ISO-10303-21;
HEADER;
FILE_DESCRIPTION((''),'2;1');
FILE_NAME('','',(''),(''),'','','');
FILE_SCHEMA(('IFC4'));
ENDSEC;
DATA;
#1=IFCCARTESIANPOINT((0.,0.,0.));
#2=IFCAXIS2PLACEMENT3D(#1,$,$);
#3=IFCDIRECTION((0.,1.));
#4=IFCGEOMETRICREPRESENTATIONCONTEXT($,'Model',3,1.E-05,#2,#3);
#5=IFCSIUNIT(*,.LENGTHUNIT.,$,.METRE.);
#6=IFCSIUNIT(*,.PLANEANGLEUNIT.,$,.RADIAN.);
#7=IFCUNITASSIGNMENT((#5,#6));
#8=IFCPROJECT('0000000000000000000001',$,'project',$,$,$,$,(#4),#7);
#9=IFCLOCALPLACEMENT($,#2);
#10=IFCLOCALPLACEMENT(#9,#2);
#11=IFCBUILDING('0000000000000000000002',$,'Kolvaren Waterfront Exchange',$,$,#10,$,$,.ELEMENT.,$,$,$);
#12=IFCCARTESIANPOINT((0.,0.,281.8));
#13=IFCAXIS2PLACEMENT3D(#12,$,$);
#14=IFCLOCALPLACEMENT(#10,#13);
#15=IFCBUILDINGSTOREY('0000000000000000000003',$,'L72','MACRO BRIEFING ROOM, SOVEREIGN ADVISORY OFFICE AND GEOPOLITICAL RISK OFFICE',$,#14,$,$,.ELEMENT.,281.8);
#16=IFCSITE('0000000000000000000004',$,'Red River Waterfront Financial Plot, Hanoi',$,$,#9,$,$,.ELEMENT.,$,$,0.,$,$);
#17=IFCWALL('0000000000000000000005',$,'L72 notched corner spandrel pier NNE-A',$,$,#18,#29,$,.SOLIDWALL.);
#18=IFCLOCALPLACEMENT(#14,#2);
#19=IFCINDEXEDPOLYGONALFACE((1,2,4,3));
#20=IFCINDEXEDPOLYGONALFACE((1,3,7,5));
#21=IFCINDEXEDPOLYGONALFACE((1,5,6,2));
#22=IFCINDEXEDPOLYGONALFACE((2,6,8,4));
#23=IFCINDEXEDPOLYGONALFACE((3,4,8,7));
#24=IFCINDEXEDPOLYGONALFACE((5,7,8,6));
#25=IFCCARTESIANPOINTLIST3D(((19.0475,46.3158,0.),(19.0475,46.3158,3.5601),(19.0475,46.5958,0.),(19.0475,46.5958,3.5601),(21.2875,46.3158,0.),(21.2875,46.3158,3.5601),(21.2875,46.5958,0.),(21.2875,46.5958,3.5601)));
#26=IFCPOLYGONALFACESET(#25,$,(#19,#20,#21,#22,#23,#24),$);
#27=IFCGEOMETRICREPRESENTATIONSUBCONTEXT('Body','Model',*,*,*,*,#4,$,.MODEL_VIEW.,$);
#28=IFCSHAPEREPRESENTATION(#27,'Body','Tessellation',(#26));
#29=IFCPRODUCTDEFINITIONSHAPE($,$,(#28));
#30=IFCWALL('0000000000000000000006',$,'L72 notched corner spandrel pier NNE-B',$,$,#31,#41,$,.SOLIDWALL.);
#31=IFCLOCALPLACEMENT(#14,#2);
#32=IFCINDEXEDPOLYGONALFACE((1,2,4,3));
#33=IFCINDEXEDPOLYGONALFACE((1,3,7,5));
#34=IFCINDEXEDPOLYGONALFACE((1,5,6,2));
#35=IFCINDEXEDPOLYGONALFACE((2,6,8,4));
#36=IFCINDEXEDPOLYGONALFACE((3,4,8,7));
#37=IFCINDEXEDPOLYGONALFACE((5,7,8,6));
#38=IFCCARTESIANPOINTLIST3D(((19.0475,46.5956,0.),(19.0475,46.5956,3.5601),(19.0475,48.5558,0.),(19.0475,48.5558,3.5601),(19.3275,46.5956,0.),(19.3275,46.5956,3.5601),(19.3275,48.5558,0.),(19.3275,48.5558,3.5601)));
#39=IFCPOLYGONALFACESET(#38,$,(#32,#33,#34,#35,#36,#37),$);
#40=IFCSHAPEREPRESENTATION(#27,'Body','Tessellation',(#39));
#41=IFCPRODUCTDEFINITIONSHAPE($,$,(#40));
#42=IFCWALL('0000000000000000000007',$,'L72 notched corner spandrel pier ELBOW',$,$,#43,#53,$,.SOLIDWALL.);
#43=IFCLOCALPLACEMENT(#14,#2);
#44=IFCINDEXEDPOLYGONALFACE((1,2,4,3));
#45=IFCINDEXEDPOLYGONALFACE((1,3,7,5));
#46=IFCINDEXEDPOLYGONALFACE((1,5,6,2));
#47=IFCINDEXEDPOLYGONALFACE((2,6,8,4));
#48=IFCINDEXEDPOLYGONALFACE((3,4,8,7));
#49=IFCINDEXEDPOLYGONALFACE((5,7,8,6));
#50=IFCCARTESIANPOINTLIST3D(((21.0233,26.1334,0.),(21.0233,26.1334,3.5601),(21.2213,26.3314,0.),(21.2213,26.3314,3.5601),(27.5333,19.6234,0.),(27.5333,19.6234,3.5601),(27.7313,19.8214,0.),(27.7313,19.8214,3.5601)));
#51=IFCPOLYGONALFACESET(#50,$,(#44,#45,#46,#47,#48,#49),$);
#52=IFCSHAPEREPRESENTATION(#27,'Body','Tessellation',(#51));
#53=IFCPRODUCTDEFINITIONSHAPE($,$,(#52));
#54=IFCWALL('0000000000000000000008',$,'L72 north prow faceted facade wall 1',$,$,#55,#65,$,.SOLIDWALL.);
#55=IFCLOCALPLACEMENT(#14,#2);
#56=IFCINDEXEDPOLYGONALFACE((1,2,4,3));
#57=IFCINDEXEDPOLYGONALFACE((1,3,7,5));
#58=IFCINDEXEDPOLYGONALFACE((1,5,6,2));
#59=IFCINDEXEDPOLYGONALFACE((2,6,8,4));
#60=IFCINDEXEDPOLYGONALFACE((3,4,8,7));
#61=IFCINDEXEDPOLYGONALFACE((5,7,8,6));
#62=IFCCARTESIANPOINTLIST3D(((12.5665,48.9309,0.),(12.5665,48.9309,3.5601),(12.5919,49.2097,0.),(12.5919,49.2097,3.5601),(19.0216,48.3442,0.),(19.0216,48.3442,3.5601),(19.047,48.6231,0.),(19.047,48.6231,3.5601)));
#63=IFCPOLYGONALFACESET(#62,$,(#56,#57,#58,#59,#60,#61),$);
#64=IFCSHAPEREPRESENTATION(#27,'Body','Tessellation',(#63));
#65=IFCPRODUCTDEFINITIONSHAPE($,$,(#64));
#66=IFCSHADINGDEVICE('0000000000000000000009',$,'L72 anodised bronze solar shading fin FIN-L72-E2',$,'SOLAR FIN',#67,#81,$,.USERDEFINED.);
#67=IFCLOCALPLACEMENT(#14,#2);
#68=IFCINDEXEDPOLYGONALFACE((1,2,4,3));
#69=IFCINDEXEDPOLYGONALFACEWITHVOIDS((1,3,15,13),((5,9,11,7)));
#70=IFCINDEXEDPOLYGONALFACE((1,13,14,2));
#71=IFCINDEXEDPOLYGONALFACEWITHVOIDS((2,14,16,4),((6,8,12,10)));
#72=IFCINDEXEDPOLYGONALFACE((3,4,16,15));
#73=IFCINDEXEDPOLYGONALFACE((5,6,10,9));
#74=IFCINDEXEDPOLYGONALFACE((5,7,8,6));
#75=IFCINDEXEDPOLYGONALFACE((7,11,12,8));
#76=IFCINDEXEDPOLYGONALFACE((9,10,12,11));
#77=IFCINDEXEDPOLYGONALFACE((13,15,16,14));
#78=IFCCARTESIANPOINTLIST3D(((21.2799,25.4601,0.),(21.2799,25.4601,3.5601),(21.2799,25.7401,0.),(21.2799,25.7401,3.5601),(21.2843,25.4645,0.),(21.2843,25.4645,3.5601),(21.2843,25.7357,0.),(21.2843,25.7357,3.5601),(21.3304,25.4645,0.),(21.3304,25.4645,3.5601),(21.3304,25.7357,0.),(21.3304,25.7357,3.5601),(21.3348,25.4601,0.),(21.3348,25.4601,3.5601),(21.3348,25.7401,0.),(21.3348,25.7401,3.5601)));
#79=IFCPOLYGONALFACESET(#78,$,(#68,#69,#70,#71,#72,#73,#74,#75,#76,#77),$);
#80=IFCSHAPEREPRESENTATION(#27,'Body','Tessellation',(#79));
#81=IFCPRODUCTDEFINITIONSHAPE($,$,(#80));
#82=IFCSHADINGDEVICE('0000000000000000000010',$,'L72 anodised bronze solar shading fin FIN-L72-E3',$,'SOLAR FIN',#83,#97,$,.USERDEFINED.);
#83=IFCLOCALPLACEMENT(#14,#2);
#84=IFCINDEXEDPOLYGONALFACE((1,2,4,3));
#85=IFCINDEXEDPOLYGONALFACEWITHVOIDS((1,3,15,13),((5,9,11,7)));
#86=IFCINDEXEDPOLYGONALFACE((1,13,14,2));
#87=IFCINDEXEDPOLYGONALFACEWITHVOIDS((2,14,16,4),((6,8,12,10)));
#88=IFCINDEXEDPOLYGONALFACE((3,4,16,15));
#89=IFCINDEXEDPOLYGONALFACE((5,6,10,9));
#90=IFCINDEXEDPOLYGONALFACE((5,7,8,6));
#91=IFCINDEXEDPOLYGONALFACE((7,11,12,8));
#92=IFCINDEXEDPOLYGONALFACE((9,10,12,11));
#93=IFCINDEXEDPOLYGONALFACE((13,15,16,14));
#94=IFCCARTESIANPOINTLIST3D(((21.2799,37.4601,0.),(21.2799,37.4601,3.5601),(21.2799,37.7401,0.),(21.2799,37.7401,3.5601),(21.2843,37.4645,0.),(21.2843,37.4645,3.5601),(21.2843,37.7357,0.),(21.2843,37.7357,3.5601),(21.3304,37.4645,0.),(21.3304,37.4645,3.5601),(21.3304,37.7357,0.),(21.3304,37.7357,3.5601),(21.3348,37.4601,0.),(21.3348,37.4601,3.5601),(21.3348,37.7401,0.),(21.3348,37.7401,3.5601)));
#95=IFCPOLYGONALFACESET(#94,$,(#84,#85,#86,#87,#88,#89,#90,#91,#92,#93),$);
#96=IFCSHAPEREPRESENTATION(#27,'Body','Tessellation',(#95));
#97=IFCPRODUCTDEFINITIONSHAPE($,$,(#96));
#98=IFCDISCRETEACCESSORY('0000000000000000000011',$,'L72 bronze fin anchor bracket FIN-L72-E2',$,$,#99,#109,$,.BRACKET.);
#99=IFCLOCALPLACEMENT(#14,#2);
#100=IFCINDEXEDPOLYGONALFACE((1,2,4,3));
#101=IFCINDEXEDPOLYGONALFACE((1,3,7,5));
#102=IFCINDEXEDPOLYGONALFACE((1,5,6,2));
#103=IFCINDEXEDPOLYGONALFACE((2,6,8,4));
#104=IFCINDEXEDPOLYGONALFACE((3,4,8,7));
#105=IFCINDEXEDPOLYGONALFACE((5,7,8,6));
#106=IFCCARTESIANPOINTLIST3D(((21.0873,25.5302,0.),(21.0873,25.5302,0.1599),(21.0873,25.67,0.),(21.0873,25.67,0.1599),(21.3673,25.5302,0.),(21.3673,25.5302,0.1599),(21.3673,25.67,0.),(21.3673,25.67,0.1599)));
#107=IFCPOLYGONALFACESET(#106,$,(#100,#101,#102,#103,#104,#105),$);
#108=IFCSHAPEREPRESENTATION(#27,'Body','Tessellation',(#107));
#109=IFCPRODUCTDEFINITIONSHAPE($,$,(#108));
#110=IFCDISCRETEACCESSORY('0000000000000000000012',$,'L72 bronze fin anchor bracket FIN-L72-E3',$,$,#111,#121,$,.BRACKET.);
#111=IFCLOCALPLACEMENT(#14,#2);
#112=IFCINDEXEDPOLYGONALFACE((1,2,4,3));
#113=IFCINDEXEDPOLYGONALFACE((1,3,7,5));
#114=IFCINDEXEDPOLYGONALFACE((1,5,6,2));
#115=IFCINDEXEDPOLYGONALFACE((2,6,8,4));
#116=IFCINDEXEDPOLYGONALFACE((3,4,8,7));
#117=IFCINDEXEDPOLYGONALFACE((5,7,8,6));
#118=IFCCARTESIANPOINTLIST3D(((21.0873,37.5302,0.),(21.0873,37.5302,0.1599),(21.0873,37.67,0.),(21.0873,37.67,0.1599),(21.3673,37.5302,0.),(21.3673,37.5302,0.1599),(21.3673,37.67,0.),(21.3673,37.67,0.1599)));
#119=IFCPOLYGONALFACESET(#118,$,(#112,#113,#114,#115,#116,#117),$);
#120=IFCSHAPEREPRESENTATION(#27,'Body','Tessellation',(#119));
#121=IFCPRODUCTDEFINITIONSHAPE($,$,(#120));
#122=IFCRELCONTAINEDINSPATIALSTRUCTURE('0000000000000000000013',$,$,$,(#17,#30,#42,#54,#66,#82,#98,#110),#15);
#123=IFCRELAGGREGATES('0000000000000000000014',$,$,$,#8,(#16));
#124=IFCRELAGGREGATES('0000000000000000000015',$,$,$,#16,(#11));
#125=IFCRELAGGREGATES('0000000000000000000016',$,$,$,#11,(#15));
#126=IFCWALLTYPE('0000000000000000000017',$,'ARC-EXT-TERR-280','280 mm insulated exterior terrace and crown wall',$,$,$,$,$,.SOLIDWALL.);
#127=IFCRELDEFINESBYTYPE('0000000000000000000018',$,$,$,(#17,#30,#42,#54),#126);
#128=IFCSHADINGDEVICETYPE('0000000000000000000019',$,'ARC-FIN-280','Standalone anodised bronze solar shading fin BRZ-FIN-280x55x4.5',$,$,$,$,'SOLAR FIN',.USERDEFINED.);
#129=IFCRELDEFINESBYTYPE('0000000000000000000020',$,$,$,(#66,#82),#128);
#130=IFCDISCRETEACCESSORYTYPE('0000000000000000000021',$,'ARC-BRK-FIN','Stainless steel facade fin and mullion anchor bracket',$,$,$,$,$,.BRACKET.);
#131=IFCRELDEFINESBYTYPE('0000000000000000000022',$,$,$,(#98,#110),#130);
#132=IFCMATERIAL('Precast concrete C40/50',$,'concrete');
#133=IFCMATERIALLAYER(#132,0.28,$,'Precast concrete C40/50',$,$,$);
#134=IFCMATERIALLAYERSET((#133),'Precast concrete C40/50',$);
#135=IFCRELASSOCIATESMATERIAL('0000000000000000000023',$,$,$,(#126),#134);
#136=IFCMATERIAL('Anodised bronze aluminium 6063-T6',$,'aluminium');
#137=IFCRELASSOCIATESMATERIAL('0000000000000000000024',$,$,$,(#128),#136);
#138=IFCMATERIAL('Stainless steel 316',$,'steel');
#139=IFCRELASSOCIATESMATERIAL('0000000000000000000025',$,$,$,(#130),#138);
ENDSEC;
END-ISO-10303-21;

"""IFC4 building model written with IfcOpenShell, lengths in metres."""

from ifc_helpers import new_model, si_unit, direction, frame, frame_2d, origin, origin_with_axes, origin_2d, place, context, subcontext, project, spatial, rectangle, hollow_rectangle, extrude, source, transform, mapped, material, layer, layer_set, material_profile, profile_set, type_object, element, save


model = new_model("IFC4")

# Units and contexts
model_context = context("Model", 3, precision=1e-05, world=origin(), true_north=direction((0.0, 1.0)))
body_context = subcontext(model_context, "Body", "Model", "MODEL_VIEW")
ifc_project = project(units=[si_unit("LENGTHUNIT", "METRE"), si_unit("PLANEANGLEUNIT", "RADIAN")], contexts=[model_context])

# Site, building, storey
site_placement = place(None, origin())
site = spatial("IfcSite", under=ifc_project, at=site_placement, Name="Red River Waterfront Financial Plot, Hanoi", CompositionType="ELEMENT", RefElevation=0.0)
building_placement = place(site_placement, origin())
building = spatial("IfcBuilding", under=site, at=building_placement, Name="Kolvaren Waterfront Exchange", CompositionType="ELEMENT")
storey_placement = place(building_placement, frame((0.0, 0.0, 281.8)))
storey = spatial("IfcBuildingStorey", under=building, at=storey_placement, Name="L72", Description="MACRO BRIEFING ROOM, SOVEREIGN ADVISORY OFFICE AND GEOPOLITICAL RISK OFFICE", CompositionType="ELEMENT", Elevation=281.8)

# Shared definitions
ifc_material_1 = material(Name="Anodised bronze aluminium 6063-T6", Category="aluminium")

# Walls
ifc_material_2 = material(Name="Precast concrete C40/50", Category="concrete")
ifc_layer_1 = layer(ifc_material_2, 0.28, Name="Precast concrete C40/50")
ifc_layer_set_1 = layer_set([ifc_layer_1], Name="Precast concrete C40/50")
wall_type = type_object("IfcWallType", Name="ARC-EXT-TERR-280", Description="280 mm insulated exterior terrace and crown wall", PredefinedType="SOLIDWALL", material=ifc_layer_set_1)
wall_1_placement = place(storey_placement, frame((19.0474, 46.4558, 0.0), z_axis=(0.0, 0.0, 1.0), x_axis=(1.0, 0.0, 0.0)))
element("IfcWall", 1, at=wall_1_placement, inside=storey, type_object=wall_type, Name="L72 notched corner spandrel pier NNE-A", PredefinedType="SOLIDWALL", context=body_context, shape_type="SweptSolid", body=[
    extrude(rectangle(XDim=2.24, YDim=0.28, at=frame_2d((1.1201, 0.0))), origin(), (0.0, 0.0, 1.0), 3.5601),
])
wall_2_placement = place(storey_placement, frame((19.1875, 46.5957, 0.0), z_axis=(0.0, 0.0, 1.0), x_axis=(0.0, 1.0, 0.0)))
element("IfcWall", 2, at=wall_2_placement, inside=storey, type_object=wall_type, Name="L72 notched corner spandrel pier NNE-B", PredefinedType="SOLIDWALL", context=body_context, shape_type="SweptSolid", body=[
    extrude(rectangle(XDim=1.9602, YDim=0.28, at=frame_2d((0.98, 0.0))), origin(), (0.0, 0.0, 1.0), 3.5601),
])
wall_3_placement = place(storey_placement, frame((27.6323, 19.7224, 0.0), z_axis=(0.0, 0.0, 1.0), x_axis=(-0.707107, 0.707107, 0.0)))
element("IfcWall", 3, at=wall_3_placement, inside=storey, type_object=wall_type, Name="L72 notched corner spandrel pier ELBOW", PredefinedType="SOLIDWALL", context=body_context, shape_type="SweptSolid", body=[
    extrude(rectangle(XDim=9.2065, YDim=0.28, at=frame_2d((4.6033, 0.0))), origin(), (0.0, 0.0, 1.0), 3.5601),
])
wall_4_placement = place(storey_placement, frame((19.0342, 48.4836, 0.0), z_axis=(0.0, 0.0, 1.0), x_axis=(-0.995895, 0.090512, 0.0)))
element("IfcWall", 4, at=wall_4_placement, inside=storey, type_object=wall_type, Name="L72 north prow faceted facade wall 1", PredefinedType="SOLIDWALL", context=body_context, shape_type="SweptSolid", body=[
    extrude(rectangle(XDim=6.4817, YDim=0.28, at=frame_2d((3.2407, 0.0))), origin(), (0.0, 0.0, 1.0), 3.5601),
])

# Shading devices
ifc_material_profile_1 = material_profile(ifc_material_1, hollow_rectangle(XDim=0.0549, YDim=0.28, WallThickness=0.0044, at=origin_2d()), Name="BRZ-FIN-280x55x4.5")
ifc_profile_set_1 = profile_set([ifc_material_profile_1], Name="Anodised bronze aluminium 6063-T6")
shading_device_type = type_object("IfcShadingDeviceType", Name="ARC-FIN-280", Description="Standalone anodised bronze solar shading fin BRZ-FIN-280x55x4.5", ElementType="SOLAR FIN", PredefinedType="USERDEFINED", material=ifc_profile_set_1)
for number, where, z_axis, x_axis, name in (
    (5, (21.3074, 25.6001, 0.0), (0.0, 0.0, 1.0), (1.0, 0.0, 0.0), "L72 anodised bronze solar shading fin FIN-L72-E2"),
    (6, (21.3074, 37.6001, 0.0), (0.0, 0.0, 1.0), (1.0, 0.0, 0.0), "L72 anodised bronze solar shading fin FIN-L72-E3"),
):
    element("IfcShadingDevice", number, at=place(storey_placement, frame(where, z_axis=z_axis, x_axis=x_axis)), inside=storey, type_object=shading_device_type, Name=name, ObjectType="SOLAR FIN", PredefinedType="USERDEFINED", context=body_context, shape_type="SweptSolid", body=[
        extrude(hollow_rectangle(XDim=0.0549, YDim=0.28, WallThickness=0.0044, at=origin_2d()), origin(), (0.0, 0.0, 1.0), 3.5601),
    ])

# Discrete accessories
ifc_material_3 = material(Name="Stainless steel 316", Category="steel")
discrete_accessory_type = type_object("IfcDiscreteAccessoryType", Name="ARC-BRK-FIN", Description="Stainless steel facade fin and mullion anchor bracket", PredefinedType="BRACKET", material=ifc_material_3)
shared_shape_1 = source(origin_with_axes(), body_context, "Body", "SweptSolid", [
    extrude(rectangle(XDim=0.28, YDim=0.1399, at=origin_2d()), origin(), (0.0, 0.0, 1.0), 0.1599),
])
for number, where, z_axis, x_axis, name in (
    (7, (21.2273, 25.6001, 0.0), (0.0, 0.0, 1.0), (1.0, 0.0, 0.0), "L72 bronze fin anchor bracket FIN-L72-E2"),
    (8, (21.2273, 37.6001, 0.0), (0.0, 0.0, 1.0), (1.0, 0.0, 0.0), "L72 bronze fin anchor bracket FIN-L72-E3"),
):
    element("IfcDiscreteAccessory", number, at=place(storey_placement, frame(where, z_axis=z_axis, x_axis=x_axis)), inside=storey, type_object=discrete_accessory_type, Name=name, PredefinedType="BRACKET", context=body_context, shape_type="MappedRepresentation", body=[
        mapped(shared_shape_1, transform((0.0, 0.0, 0.0), x_axis=(1.0, 0.0, 0.0), y_axis=(0.0, 1.0, 0.0), z_axis=(0.0, 0.0, 1.0), scale=1.0)),
    ])

save(model, "model.ifc")
